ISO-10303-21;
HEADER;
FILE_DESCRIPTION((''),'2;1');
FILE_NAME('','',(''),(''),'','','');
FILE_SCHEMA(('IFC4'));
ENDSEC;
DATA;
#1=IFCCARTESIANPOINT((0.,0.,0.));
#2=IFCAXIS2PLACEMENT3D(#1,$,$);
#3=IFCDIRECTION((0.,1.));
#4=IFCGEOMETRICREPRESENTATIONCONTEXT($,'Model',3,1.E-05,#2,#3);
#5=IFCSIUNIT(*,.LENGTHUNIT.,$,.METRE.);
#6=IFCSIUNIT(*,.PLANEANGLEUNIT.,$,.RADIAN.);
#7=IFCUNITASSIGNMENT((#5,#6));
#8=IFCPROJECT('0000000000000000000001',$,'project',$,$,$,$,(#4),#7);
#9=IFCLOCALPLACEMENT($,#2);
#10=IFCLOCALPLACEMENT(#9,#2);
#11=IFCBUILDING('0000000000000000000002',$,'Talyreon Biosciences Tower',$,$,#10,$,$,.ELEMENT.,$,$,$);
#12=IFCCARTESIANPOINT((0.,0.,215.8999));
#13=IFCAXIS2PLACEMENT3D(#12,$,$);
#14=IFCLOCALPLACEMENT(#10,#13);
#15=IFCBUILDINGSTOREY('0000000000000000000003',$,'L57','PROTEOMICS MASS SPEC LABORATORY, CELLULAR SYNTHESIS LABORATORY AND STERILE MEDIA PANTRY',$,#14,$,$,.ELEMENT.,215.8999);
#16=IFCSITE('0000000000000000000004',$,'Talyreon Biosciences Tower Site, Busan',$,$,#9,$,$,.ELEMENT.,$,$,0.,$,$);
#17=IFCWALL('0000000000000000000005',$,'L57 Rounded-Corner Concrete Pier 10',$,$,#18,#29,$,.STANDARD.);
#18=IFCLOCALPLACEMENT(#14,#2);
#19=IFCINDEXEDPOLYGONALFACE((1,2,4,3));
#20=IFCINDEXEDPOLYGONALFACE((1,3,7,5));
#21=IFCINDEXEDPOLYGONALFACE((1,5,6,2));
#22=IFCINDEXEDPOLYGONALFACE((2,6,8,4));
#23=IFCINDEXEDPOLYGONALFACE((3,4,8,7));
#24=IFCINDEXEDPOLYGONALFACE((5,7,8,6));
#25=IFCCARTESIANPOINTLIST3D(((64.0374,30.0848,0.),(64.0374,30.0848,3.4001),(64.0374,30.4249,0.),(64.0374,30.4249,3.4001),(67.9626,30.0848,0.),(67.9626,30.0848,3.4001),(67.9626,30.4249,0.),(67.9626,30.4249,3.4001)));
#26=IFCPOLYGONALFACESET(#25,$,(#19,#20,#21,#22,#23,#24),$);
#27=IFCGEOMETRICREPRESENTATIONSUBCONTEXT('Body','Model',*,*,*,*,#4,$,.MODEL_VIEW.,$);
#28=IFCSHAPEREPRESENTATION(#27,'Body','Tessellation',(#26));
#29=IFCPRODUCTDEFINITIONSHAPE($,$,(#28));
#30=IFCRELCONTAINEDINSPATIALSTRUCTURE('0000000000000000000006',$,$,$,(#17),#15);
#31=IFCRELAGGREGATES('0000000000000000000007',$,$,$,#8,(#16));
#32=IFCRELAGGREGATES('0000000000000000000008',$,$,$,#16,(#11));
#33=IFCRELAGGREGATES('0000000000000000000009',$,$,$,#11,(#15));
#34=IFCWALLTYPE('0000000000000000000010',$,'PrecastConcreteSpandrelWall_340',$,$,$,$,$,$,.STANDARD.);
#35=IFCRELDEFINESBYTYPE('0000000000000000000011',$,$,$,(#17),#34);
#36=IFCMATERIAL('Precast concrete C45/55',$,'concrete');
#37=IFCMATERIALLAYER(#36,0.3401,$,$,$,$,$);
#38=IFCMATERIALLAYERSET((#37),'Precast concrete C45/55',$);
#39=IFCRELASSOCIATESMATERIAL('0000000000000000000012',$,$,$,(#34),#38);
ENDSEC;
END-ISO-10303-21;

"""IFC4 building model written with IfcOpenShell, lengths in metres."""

from ifc_helpers import new_model, si_unit, direction, frame, frame_2d, origin, place, context, subcontext, project, spatial, rectangle, extrude, material, layer, layer_set, type_object, element, save


model = new_model("IFC4")

# Units and contexts
model_context = context("Model", 3, precision=1e-05, world=origin(), true_north=direction((0.0, 1.0)))
body_context = subcontext(model_context, "Body", "Model", "MODEL_VIEW")
ifc_project = project(units=[si_unit("LENGTHUNIT", "METRE"), si_unit("PLANEANGLEUNIT", "RADIAN")], contexts=[model_context])

# Site, building, storey
site_placement = place(None, origin())
site = spatial("IfcSite", under=ifc_project, at=site_placement, Name="Talyreon Biosciences Tower Site, Busan", CompositionType="ELEMENT", RefElevation=0.0)
building_placement = place(site_placement, origin())
building = spatial("IfcBuilding", under=site, at=building_placement, Name="Talyreon Biosciences Tower", CompositionType="ELEMENT")
storey_placement = place(building_placement, frame((0.0, 0.0, 215.8999)))
storey = spatial("IfcBuildingStorey", under=building, at=storey_placement, Name="L57", Description="PROTEOMICS MASS SPEC LABORATORY, CELLULAR SYNTHESIS LABORATORY AND STERILE MEDIA PANTRY", CompositionType="ELEMENT", Elevation=215.8999)

# Shared definitions
ifc_material_1 = material(Name="Precast concrete C45/55", Category="concrete")

# Wall
ifc_layer_1 = layer(ifc_material_1, 0.3401)
ifc_layer_set_1 = layer_set([ifc_layer_1], Name="Precast concrete C45/55")
wall_type_1 = type_object("IfcWallType", Name="PrecastConcreteSpandrelWall_340", PredefinedType="STANDARD", material=ifc_layer_set_1)
for number, where, z_axis, x_axis, name in (
    (1, (67.9626, 30.2549, 0.0), (0.0, 0.0, 1.0), (-1.0, 0.0, 0.0), "L57 Rounded-Corner Concrete Pier 10"),
):
    element("IfcWall", number, at=place(storey_placement, frame(where, z_axis=z_axis, x_axis=x_axis)), inside=storey, type_object=wall_type_1, Name=name, PredefinedType="STANDARD", context=body_context, shape_type="SweptSolid", body=[
        extrude(rectangle(XDim=3.9253, YDim=0.3401, at=frame_2d((1.9626, 0.0))), origin(), (0.0, 0.0, 1.0), 3.4001),
    ])

save(model, "model.ifc")
